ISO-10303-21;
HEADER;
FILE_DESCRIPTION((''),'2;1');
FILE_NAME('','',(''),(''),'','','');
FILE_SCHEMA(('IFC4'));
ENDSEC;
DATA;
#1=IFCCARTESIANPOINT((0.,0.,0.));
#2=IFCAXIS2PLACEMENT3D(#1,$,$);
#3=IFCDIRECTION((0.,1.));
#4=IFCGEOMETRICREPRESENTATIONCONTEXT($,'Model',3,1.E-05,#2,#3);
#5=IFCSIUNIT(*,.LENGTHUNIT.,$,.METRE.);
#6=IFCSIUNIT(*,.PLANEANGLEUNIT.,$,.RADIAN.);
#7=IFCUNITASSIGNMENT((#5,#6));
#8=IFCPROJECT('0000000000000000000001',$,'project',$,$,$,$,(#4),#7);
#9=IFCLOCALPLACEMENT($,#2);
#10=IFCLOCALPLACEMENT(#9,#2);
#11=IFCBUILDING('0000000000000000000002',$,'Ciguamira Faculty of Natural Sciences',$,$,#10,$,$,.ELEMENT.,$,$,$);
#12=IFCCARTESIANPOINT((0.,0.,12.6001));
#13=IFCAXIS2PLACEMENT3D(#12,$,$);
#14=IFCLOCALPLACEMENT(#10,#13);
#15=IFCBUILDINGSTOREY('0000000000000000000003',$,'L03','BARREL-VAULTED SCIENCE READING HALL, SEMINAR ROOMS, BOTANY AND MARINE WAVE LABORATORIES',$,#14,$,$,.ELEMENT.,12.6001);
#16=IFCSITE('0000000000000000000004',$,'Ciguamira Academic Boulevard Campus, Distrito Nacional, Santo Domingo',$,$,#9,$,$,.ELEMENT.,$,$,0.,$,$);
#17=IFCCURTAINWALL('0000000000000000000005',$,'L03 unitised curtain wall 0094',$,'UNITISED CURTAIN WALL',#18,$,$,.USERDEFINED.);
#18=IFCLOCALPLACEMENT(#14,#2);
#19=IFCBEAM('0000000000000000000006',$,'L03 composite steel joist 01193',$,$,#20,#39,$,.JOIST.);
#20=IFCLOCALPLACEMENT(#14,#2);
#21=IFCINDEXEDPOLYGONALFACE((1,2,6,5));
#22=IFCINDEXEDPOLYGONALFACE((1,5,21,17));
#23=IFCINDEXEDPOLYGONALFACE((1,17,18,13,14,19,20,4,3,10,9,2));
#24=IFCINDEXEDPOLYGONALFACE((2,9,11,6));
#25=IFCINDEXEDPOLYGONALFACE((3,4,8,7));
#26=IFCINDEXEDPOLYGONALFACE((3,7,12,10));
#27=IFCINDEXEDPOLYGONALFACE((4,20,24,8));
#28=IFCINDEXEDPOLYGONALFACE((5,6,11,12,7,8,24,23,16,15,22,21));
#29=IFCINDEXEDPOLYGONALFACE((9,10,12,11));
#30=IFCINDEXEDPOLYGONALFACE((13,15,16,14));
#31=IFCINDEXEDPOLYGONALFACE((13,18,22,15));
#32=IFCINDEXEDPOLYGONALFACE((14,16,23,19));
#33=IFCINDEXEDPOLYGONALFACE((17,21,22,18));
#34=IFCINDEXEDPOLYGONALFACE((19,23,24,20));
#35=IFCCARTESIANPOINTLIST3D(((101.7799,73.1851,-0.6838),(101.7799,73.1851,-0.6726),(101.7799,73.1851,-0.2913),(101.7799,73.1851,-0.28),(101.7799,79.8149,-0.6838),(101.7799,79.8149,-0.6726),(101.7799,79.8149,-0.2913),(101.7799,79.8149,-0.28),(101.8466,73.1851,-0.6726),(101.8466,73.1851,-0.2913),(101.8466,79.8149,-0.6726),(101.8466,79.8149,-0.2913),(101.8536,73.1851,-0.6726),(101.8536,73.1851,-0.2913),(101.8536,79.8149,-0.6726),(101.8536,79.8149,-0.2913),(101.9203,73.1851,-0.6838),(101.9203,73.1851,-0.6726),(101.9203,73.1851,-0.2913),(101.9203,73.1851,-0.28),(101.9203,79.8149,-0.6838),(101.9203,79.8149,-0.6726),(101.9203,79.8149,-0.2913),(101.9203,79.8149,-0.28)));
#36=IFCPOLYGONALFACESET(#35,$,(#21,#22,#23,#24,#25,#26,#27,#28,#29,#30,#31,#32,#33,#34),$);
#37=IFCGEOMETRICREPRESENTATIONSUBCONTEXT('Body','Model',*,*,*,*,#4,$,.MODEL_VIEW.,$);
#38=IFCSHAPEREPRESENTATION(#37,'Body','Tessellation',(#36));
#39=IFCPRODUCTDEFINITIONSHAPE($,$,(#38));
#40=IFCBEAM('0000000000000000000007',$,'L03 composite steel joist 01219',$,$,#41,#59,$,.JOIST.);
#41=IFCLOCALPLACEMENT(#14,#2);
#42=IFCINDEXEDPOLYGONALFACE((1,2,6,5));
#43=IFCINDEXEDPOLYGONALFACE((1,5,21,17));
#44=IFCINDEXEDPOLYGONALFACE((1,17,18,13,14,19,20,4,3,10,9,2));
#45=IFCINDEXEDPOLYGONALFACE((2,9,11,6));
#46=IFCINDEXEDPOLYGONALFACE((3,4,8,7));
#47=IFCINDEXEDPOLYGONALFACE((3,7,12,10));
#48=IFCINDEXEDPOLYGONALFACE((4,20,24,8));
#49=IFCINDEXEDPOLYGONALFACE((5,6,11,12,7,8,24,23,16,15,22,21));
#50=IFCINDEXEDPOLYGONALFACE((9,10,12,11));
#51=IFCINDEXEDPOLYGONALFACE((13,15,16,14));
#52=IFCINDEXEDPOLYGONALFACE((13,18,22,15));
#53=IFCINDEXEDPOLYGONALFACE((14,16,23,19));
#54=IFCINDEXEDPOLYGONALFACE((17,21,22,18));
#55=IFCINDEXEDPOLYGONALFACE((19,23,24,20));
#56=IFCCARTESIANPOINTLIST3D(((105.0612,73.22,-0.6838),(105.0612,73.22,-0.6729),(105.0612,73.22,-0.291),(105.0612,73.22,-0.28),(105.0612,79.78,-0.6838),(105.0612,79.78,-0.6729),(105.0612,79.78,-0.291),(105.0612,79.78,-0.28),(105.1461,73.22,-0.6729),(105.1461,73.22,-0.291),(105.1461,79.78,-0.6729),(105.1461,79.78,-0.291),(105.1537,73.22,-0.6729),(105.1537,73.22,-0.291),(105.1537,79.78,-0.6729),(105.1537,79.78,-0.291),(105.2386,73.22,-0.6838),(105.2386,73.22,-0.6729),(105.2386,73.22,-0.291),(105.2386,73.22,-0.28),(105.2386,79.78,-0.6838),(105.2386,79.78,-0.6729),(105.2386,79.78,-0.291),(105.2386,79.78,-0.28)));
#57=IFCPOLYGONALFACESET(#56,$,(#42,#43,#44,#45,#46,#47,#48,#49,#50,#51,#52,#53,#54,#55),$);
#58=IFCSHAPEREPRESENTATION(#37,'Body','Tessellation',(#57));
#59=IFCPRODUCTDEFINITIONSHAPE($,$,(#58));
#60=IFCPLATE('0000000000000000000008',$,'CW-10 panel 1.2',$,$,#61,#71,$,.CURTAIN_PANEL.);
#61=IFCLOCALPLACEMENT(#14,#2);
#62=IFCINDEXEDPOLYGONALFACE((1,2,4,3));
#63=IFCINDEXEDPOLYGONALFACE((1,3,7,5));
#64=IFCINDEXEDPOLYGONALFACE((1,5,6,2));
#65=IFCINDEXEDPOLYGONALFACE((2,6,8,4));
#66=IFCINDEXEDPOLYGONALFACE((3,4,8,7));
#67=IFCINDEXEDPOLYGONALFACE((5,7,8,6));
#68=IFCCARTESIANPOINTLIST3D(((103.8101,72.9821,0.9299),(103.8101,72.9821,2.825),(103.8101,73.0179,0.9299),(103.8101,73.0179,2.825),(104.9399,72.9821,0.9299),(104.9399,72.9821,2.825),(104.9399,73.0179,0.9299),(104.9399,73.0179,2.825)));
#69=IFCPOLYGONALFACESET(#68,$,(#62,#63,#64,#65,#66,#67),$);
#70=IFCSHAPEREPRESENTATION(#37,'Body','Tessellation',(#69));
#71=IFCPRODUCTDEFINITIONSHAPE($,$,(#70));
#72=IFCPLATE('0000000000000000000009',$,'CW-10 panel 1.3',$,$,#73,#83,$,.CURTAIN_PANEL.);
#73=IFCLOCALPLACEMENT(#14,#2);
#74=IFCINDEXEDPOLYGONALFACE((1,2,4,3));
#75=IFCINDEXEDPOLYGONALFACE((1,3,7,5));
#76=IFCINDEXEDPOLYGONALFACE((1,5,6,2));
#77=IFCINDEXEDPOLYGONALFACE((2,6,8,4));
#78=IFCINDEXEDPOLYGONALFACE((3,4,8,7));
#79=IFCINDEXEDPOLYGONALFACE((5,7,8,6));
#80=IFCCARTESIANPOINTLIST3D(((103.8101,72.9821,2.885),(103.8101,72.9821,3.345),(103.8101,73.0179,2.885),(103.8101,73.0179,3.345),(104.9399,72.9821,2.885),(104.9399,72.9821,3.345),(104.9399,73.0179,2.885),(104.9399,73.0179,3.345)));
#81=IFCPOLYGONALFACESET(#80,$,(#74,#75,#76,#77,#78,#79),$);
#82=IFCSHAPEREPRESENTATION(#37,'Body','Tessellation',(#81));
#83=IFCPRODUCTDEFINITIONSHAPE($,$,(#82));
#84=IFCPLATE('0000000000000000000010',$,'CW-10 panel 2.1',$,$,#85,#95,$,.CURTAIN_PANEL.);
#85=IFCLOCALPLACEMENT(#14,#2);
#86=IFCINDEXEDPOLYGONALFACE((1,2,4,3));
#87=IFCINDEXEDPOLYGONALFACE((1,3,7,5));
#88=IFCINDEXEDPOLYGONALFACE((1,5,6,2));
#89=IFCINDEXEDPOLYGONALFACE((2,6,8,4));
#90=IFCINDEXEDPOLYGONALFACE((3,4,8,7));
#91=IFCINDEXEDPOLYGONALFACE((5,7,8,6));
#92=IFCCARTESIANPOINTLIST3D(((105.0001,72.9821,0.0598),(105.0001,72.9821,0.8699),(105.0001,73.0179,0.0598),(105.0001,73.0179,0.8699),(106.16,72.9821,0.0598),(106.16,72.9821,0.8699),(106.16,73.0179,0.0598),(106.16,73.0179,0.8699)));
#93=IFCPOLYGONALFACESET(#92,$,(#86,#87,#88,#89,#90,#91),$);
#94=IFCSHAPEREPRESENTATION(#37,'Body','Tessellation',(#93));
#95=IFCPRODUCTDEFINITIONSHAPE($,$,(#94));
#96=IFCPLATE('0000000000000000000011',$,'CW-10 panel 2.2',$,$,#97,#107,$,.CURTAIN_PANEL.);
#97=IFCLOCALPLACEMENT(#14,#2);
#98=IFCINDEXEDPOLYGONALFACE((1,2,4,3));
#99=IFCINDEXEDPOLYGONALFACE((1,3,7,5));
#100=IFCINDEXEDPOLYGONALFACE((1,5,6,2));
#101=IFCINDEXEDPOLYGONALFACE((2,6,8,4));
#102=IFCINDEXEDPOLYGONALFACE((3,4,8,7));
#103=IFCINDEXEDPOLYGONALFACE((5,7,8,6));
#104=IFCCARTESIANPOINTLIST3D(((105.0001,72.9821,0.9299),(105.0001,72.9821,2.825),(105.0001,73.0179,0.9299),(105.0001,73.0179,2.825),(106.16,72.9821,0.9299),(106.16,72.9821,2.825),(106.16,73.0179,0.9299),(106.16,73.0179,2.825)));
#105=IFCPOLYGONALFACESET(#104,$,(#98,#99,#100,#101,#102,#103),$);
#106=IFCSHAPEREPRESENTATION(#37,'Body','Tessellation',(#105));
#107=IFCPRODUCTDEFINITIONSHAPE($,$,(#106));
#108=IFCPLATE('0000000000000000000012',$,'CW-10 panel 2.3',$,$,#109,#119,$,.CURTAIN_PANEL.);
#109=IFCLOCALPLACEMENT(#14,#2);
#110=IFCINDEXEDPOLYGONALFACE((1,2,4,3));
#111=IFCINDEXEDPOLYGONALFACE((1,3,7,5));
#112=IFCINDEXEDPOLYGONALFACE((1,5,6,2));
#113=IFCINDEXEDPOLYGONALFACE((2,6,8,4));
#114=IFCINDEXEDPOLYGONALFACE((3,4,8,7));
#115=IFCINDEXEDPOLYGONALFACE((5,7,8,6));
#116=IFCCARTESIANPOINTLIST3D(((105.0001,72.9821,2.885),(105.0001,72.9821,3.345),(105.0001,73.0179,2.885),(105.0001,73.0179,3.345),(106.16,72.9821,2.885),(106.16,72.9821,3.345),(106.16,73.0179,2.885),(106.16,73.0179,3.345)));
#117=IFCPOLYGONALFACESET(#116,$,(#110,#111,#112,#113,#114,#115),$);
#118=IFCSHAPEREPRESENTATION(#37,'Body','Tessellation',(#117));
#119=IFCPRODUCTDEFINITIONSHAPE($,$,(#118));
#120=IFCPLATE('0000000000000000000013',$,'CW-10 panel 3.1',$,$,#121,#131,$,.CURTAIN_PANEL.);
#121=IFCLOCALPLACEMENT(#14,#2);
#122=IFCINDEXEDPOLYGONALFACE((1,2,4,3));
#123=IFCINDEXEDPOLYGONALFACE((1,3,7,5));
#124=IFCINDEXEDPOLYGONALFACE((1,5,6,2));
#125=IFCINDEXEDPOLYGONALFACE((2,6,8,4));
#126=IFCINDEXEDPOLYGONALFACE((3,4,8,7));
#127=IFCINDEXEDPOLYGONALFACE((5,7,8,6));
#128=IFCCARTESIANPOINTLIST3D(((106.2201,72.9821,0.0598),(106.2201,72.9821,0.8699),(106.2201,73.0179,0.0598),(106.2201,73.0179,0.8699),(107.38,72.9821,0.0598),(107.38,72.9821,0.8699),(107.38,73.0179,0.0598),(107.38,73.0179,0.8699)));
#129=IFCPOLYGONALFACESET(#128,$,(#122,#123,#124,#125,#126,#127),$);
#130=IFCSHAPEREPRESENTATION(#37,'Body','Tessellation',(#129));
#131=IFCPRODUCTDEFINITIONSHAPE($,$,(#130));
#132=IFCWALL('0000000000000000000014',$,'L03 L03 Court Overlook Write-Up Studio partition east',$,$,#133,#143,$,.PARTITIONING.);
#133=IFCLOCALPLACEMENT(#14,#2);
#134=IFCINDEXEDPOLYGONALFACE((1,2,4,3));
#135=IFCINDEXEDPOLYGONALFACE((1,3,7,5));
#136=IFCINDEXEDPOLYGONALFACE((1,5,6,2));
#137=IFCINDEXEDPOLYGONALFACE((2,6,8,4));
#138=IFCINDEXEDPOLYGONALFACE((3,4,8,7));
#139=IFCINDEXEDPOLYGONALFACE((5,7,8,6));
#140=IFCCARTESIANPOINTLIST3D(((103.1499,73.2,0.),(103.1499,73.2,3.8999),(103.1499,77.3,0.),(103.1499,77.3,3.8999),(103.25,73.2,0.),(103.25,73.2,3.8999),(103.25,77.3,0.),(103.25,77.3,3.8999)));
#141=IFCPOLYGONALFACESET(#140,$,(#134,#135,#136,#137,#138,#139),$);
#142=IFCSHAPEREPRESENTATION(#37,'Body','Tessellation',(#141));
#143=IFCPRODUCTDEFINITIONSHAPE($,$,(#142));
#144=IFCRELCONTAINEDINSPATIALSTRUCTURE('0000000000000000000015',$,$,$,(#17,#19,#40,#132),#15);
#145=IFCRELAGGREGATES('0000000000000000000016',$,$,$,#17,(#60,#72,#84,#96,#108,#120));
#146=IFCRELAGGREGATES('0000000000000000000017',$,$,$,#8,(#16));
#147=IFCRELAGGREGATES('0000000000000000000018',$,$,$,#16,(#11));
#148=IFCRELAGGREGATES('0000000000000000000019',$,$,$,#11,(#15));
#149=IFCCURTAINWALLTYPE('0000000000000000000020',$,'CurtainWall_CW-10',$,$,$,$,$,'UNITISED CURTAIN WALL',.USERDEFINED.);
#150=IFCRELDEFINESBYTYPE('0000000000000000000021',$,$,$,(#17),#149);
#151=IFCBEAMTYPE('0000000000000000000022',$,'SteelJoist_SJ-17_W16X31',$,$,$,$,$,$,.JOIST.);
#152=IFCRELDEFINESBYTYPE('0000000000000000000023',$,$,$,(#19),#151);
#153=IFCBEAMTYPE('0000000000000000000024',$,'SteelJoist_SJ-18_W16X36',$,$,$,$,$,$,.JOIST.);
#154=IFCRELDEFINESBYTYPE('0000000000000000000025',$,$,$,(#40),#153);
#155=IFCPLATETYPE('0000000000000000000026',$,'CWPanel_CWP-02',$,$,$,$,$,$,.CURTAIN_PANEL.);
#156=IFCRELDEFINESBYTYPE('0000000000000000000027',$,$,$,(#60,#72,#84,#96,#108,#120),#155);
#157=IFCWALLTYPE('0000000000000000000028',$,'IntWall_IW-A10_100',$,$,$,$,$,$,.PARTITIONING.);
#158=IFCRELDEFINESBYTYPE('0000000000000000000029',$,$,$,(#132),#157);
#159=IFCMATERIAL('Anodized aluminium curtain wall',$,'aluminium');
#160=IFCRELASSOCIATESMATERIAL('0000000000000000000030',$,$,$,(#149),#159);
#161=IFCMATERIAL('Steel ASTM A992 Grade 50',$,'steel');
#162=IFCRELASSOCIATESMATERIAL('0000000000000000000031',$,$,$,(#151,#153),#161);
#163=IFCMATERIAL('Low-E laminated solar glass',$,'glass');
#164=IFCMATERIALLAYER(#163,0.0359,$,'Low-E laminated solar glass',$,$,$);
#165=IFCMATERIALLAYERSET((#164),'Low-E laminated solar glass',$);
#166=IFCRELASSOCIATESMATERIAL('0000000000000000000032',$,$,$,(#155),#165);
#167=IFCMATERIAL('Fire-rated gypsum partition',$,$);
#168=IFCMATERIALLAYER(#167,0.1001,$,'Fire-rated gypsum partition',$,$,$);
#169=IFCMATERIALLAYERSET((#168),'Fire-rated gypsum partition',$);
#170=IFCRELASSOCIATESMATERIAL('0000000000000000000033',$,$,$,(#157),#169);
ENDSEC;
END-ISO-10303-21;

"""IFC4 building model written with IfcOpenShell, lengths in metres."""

from ifc_helpers import new_model, si_unit, direction, frame, frame_2d, origin, origin_2d, place, context, subcontext, project, spatial, rectangle, i_section, extrude, material, layer, layer_set, material_profile, profile_set, type_object, element, aggregate, save


model = new_model("IFC4")

# Units and contexts
model_context = context("Model", 3, precision=1e-05, world=origin(), true_north=direction((0.0, 1.0)))
body_context = subcontext(model_context, "Body", "Model", "MODEL_VIEW")
ifc_project = project(units=[si_unit("LENGTHUNIT", "METRE"), si_unit("PLANEANGLEUNIT", "RADIAN")], contexts=[model_context])

# Site, building, storey
site_placement = place(None, origin())
site = spatial("IfcSite", under=ifc_project, at=site_placement, Name="Ciguamira Academic Boulevard Campus, Distrito Nacional, Santo Domingo", CompositionType="ELEMENT", RefElevation=0.0)
building_placement = place(site_placement, origin())
building = spatial("IfcBuilding", under=site, at=building_placement, Name="Ciguamira Faculty of Natural Sciences", CompositionType="ELEMENT")
storey_placement = place(building_placement, frame((0.0, 0.0, 12.6001)))
storey = spatial("IfcBuildingStorey", under=building, at=storey_placement, Name="L03", Description="BARREL-VAULTED SCIENCE READING HALL, SEMINAR ROOMS, BOTANY AND MARINE WAVE LABORATORIES", CompositionType="ELEMENT", Elevation=12.6001)

# Curtain wall
ifc_material_1 = material(Name="Anodized aluminium curtain wall", Category="aluminium")
curtain_wall_type = type_object("IfcCurtainWallType", Name="CurtainWall_CW-10", ElementType="UNITISED CURTAIN WALL", PredefinedType="USERDEFINED", material=ifc_material_1)
curtain_wall_placement = place(storey_placement, origin())
curtain_wall = element("IfcCurtainWall", 1, at=curtain_wall_placement, inside=storey, type_object=curtain_wall_type, Name="L03 unitised curtain wall 0094", ObjectType="UNITISED CURTAIN WALL", PredefinedType="USERDEFINED")

# Beams
ifc_material_2 = material(Name="Steel ASTM A992 Grade 50", Category="steel")
ifc_material_profile_1 = material_profile(ifc_material_2, i_section(OverallWidth=0.1404, OverallDepth=0.4038, WebThickness=0.0071, FlangeThickness=0.0112, at=origin_2d()), Name="W16X31")
ifc_profile_set_1 = profile_set([ifc_material_profile_1], Name="Steel ASTM A992 Grade 50")
beam_type_1 = type_object("IfcBeamType", Name="SteelJoist_SJ-17_W16X31", PredefinedType="JOIST", material=ifc_profile_set_1)
beam_1_placement = place(storey_placement, frame((101.8501, 73.1851, -0.4819), z_axis=(0.0, 1.0, 0.0), x_axis=(-1.0, 0.0, 0.0)))
element("IfcBeam", 2, at=beam_1_placement, inside=storey, type_object=beam_type_1, Name="L03 composite steel joist 01193", PredefinedType="JOIST", context=body_context, shape_type="SweptSolid", body=[
    extrude(i_section(OverallWidth=0.1404, OverallDepth=0.4038, WebThickness=0.0071, FlangeThickness=0.0112, at=origin_2d()), origin(), (0.0, 0.0, 1.0), 6.6299),
])
ifc_material_profile_2 = material_profile(ifc_material_2, i_section(OverallWidth=0.1775, OverallDepth=0.4038, WebThickness=0.0076, FlangeThickness=0.011, at=origin_2d()), Name="W16X36")
ifc_profile_set_2 = profile_set([ifc_material_profile_2], Name="Steel ASTM A992 Grade 50")
beam_type_2 = type_object("IfcBeamType", Name="SteelJoist_SJ-18_W16X36", PredefinedType="JOIST", material=ifc_profile_set_2)
beam_2_placement = place(storey_placement, frame((105.1499, 73.22, -0.4819), z_axis=(0.0, 1.0, 0.0), x_axis=(-1.0, 0.0, 0.0)))
element("IfcBeam", 3, at=beam_2_placement, inside=storey, type_object=beam_type_2, Name="L03 composite steel joist 01219", PredefinedType="JOIST", context=body_context, shape_type="SweptSolid", body=[
    extrude(i_section(OverallWidth=0.1775, OverallDepth=0.4038, WebThickness=0.0076, FlangeThickness=0.011, at=origin_2d()), origin(), (0.0, 0.0, 1.0), 6.5601),
])

# Plates
ifc_material_3 = material(Name="Low-E laminated solar glass", Category="glass")
ifc_layer_1 = layer(ifc_material_3, 0.0359, Name="Low-E laminated solar glass")
ifc_layer_set_1 = layer_set([ifc_layer_1], Name="Low-E laminated solar glass")
plate_type = type_object("IfcPlateType", Name="CWPanel_CWP-02", PredefinedType="CURTAIN_PANEL", material=ifc_layer_set_1)
plate_1_placement = place(storey_placement, frame((104.375, 73.0, 0.9299), z_axis=(0.0, 0.0, 1.0), x_axis=(1.0, 0.0, 0.0)))
plate_1 = element("IfcPlate", 4, at=plate_1_placement, type_object=plate_type, Name="CW-10 panel 1.2", PredefinedType="CURTAIN_PANEL", context=body_context, shape_type="SweptSolid", body=[
    extrude(rectangle(XDim=1.1299, YDim=0.0359, at=origin_2d()), origin(), (0.0, 0.0, 1.0), 1.895),
])
plate_2_placement = place(storey_placement, frame((104.375, 73.0, 2.885), z_axis=(0.0, 0.0, 1.0), x_axis=(1.0, 0.0, 0.0)))
plate_2 = element("IfcPlate", 5, at=plate_2_placement, type_object=plate_type, Name="CW-10 panel 1.3", PredefinedType="CURTAIN_PANEL", context=body_context, shape_type="SweptSolid", body=[
    extrude(rectangle(XDim=1.1299, YDim=0.0359, at=origin_2d()), origin(), (0.0, 0.0, 1.0), 0.46),
])
plate_3_placement = place(storey_placement, frame((105.5801, 73.0, 0.0598), z_axis=(0.0, 0.0, 1.0), x_axis=(1.0, 0.0, 0.0)))
plate_3 = element("IfcPlate", 6, at=plate_3_placement, type_object=plate_type, Name="CW-10 panel 2.1", PredefinedType="CURTAIN_PANEL", context=body_context, shape_type="SweptSolid", body=[
    extrude(rectangle(XDim=1.1599, YDim=0.0359, at=origin_2d()), origin(), (0.0, 0.0, 1.0), 0.8101),
])
plate_4_placement = place(storey_placement, frame((105.5801, 73.0, 0.9299), z_axis=(0.0, 0.0, 1.0), x_axis=(1.0, 0.0, 0.0)))
plate_4 = element("IfcPlate", 7, at=plate_4_placement, type_object=plate_type, Name="CW-10 panel 2.2", PredefinedType="CURTAIN_PANEL", context=body_context, shape_type="SweptSolid", body=[
    extrude(rectangle(XDim=1.1599, YDim=0.0359, at=origin_2d()), origin(), (0.0, 0.0, 1.0), 1.895),
])
plate_5_placement = place(storey_placement, frame((105.5801, 73.0, 2.885), z_axis=(0.0, 0.0, 1.0), x_axis=(1.0, 0.0, 0.0)))
plate_5 = element("IfcPlate", 8, at=plate_5_placement, type_object=plate_type, Name="CW-10 panel 2.3", PredefinedType="CURTAIN_PANEL", context=body_context, shape_type="SweptSolid", body=[
    extrude(rectangle(XDim=1.1599, YDim=0.0359, at=origin_2d()), origin(), (0.0, 0.0, 1.0), 0.46),
])
plate_6_placement = place(storey_placement, frame((106.8, 73.0, 0.0598), z_axis=(0.0, 0.0, 1.0), x_axis=(1.0, 0.0, 0.0)))
plate_6 = element("IfcPlate", 9, at=plate_6_placement, type_object=plate_type, Name="CW-10 panel 3.1", PredefinedType="CURTAIN_PANEL", context=body_context, shape_type="SweptSolid", body=[
    extrude(rectangle(XDim=1.1599, YDim=0.0359, at=origin_2d()), origin(), (0.0, 0.0, 1.0), 0.8101),
])
aggregate(curtain_wall, [plate_1, plate_2, plate_3, plate_4, plate_5, plate_6])

# Wall
ifc_material_4 = material(Name="Fire-rated gypsum partition")
ifc_layer_2 = layer(ifc_material_4, 0.1001, Name="Fire-rated gypsum partition")
ifc_layer_set_2 = layer_set([ifc_layer_2], Name="Fire-rated gypsum partition")
wall_type = type_object("IfcWallType", Name="IntWall_IW-A10_100", PredefinedType="PARTITIONING", material=ifc_layer_set_2)
wall_placement = place(storey_placement, frame((103.2, 73.2, 0.0), z_axis=(0.0, 0.0, 1.0), x_axis=(0.0, 1.0, 0.0)))
element("IfcWall", 10, at=wall_placement, inside=storey, type_object=wall_type, Name="L03 L03 Court Overlook Write-Up Studio partition east", PredefinedType="PARTITIONING", context=body_context, shape_type="SweptSolid", body=[
    extrude(rectangle(XDim=4.1001, YDim=0.1001, at=frame_2d((2.05, 0.0))), origin(), (0.0, 0.0, 1.0), 3.8999),
])

save(model, "model.ifc")
